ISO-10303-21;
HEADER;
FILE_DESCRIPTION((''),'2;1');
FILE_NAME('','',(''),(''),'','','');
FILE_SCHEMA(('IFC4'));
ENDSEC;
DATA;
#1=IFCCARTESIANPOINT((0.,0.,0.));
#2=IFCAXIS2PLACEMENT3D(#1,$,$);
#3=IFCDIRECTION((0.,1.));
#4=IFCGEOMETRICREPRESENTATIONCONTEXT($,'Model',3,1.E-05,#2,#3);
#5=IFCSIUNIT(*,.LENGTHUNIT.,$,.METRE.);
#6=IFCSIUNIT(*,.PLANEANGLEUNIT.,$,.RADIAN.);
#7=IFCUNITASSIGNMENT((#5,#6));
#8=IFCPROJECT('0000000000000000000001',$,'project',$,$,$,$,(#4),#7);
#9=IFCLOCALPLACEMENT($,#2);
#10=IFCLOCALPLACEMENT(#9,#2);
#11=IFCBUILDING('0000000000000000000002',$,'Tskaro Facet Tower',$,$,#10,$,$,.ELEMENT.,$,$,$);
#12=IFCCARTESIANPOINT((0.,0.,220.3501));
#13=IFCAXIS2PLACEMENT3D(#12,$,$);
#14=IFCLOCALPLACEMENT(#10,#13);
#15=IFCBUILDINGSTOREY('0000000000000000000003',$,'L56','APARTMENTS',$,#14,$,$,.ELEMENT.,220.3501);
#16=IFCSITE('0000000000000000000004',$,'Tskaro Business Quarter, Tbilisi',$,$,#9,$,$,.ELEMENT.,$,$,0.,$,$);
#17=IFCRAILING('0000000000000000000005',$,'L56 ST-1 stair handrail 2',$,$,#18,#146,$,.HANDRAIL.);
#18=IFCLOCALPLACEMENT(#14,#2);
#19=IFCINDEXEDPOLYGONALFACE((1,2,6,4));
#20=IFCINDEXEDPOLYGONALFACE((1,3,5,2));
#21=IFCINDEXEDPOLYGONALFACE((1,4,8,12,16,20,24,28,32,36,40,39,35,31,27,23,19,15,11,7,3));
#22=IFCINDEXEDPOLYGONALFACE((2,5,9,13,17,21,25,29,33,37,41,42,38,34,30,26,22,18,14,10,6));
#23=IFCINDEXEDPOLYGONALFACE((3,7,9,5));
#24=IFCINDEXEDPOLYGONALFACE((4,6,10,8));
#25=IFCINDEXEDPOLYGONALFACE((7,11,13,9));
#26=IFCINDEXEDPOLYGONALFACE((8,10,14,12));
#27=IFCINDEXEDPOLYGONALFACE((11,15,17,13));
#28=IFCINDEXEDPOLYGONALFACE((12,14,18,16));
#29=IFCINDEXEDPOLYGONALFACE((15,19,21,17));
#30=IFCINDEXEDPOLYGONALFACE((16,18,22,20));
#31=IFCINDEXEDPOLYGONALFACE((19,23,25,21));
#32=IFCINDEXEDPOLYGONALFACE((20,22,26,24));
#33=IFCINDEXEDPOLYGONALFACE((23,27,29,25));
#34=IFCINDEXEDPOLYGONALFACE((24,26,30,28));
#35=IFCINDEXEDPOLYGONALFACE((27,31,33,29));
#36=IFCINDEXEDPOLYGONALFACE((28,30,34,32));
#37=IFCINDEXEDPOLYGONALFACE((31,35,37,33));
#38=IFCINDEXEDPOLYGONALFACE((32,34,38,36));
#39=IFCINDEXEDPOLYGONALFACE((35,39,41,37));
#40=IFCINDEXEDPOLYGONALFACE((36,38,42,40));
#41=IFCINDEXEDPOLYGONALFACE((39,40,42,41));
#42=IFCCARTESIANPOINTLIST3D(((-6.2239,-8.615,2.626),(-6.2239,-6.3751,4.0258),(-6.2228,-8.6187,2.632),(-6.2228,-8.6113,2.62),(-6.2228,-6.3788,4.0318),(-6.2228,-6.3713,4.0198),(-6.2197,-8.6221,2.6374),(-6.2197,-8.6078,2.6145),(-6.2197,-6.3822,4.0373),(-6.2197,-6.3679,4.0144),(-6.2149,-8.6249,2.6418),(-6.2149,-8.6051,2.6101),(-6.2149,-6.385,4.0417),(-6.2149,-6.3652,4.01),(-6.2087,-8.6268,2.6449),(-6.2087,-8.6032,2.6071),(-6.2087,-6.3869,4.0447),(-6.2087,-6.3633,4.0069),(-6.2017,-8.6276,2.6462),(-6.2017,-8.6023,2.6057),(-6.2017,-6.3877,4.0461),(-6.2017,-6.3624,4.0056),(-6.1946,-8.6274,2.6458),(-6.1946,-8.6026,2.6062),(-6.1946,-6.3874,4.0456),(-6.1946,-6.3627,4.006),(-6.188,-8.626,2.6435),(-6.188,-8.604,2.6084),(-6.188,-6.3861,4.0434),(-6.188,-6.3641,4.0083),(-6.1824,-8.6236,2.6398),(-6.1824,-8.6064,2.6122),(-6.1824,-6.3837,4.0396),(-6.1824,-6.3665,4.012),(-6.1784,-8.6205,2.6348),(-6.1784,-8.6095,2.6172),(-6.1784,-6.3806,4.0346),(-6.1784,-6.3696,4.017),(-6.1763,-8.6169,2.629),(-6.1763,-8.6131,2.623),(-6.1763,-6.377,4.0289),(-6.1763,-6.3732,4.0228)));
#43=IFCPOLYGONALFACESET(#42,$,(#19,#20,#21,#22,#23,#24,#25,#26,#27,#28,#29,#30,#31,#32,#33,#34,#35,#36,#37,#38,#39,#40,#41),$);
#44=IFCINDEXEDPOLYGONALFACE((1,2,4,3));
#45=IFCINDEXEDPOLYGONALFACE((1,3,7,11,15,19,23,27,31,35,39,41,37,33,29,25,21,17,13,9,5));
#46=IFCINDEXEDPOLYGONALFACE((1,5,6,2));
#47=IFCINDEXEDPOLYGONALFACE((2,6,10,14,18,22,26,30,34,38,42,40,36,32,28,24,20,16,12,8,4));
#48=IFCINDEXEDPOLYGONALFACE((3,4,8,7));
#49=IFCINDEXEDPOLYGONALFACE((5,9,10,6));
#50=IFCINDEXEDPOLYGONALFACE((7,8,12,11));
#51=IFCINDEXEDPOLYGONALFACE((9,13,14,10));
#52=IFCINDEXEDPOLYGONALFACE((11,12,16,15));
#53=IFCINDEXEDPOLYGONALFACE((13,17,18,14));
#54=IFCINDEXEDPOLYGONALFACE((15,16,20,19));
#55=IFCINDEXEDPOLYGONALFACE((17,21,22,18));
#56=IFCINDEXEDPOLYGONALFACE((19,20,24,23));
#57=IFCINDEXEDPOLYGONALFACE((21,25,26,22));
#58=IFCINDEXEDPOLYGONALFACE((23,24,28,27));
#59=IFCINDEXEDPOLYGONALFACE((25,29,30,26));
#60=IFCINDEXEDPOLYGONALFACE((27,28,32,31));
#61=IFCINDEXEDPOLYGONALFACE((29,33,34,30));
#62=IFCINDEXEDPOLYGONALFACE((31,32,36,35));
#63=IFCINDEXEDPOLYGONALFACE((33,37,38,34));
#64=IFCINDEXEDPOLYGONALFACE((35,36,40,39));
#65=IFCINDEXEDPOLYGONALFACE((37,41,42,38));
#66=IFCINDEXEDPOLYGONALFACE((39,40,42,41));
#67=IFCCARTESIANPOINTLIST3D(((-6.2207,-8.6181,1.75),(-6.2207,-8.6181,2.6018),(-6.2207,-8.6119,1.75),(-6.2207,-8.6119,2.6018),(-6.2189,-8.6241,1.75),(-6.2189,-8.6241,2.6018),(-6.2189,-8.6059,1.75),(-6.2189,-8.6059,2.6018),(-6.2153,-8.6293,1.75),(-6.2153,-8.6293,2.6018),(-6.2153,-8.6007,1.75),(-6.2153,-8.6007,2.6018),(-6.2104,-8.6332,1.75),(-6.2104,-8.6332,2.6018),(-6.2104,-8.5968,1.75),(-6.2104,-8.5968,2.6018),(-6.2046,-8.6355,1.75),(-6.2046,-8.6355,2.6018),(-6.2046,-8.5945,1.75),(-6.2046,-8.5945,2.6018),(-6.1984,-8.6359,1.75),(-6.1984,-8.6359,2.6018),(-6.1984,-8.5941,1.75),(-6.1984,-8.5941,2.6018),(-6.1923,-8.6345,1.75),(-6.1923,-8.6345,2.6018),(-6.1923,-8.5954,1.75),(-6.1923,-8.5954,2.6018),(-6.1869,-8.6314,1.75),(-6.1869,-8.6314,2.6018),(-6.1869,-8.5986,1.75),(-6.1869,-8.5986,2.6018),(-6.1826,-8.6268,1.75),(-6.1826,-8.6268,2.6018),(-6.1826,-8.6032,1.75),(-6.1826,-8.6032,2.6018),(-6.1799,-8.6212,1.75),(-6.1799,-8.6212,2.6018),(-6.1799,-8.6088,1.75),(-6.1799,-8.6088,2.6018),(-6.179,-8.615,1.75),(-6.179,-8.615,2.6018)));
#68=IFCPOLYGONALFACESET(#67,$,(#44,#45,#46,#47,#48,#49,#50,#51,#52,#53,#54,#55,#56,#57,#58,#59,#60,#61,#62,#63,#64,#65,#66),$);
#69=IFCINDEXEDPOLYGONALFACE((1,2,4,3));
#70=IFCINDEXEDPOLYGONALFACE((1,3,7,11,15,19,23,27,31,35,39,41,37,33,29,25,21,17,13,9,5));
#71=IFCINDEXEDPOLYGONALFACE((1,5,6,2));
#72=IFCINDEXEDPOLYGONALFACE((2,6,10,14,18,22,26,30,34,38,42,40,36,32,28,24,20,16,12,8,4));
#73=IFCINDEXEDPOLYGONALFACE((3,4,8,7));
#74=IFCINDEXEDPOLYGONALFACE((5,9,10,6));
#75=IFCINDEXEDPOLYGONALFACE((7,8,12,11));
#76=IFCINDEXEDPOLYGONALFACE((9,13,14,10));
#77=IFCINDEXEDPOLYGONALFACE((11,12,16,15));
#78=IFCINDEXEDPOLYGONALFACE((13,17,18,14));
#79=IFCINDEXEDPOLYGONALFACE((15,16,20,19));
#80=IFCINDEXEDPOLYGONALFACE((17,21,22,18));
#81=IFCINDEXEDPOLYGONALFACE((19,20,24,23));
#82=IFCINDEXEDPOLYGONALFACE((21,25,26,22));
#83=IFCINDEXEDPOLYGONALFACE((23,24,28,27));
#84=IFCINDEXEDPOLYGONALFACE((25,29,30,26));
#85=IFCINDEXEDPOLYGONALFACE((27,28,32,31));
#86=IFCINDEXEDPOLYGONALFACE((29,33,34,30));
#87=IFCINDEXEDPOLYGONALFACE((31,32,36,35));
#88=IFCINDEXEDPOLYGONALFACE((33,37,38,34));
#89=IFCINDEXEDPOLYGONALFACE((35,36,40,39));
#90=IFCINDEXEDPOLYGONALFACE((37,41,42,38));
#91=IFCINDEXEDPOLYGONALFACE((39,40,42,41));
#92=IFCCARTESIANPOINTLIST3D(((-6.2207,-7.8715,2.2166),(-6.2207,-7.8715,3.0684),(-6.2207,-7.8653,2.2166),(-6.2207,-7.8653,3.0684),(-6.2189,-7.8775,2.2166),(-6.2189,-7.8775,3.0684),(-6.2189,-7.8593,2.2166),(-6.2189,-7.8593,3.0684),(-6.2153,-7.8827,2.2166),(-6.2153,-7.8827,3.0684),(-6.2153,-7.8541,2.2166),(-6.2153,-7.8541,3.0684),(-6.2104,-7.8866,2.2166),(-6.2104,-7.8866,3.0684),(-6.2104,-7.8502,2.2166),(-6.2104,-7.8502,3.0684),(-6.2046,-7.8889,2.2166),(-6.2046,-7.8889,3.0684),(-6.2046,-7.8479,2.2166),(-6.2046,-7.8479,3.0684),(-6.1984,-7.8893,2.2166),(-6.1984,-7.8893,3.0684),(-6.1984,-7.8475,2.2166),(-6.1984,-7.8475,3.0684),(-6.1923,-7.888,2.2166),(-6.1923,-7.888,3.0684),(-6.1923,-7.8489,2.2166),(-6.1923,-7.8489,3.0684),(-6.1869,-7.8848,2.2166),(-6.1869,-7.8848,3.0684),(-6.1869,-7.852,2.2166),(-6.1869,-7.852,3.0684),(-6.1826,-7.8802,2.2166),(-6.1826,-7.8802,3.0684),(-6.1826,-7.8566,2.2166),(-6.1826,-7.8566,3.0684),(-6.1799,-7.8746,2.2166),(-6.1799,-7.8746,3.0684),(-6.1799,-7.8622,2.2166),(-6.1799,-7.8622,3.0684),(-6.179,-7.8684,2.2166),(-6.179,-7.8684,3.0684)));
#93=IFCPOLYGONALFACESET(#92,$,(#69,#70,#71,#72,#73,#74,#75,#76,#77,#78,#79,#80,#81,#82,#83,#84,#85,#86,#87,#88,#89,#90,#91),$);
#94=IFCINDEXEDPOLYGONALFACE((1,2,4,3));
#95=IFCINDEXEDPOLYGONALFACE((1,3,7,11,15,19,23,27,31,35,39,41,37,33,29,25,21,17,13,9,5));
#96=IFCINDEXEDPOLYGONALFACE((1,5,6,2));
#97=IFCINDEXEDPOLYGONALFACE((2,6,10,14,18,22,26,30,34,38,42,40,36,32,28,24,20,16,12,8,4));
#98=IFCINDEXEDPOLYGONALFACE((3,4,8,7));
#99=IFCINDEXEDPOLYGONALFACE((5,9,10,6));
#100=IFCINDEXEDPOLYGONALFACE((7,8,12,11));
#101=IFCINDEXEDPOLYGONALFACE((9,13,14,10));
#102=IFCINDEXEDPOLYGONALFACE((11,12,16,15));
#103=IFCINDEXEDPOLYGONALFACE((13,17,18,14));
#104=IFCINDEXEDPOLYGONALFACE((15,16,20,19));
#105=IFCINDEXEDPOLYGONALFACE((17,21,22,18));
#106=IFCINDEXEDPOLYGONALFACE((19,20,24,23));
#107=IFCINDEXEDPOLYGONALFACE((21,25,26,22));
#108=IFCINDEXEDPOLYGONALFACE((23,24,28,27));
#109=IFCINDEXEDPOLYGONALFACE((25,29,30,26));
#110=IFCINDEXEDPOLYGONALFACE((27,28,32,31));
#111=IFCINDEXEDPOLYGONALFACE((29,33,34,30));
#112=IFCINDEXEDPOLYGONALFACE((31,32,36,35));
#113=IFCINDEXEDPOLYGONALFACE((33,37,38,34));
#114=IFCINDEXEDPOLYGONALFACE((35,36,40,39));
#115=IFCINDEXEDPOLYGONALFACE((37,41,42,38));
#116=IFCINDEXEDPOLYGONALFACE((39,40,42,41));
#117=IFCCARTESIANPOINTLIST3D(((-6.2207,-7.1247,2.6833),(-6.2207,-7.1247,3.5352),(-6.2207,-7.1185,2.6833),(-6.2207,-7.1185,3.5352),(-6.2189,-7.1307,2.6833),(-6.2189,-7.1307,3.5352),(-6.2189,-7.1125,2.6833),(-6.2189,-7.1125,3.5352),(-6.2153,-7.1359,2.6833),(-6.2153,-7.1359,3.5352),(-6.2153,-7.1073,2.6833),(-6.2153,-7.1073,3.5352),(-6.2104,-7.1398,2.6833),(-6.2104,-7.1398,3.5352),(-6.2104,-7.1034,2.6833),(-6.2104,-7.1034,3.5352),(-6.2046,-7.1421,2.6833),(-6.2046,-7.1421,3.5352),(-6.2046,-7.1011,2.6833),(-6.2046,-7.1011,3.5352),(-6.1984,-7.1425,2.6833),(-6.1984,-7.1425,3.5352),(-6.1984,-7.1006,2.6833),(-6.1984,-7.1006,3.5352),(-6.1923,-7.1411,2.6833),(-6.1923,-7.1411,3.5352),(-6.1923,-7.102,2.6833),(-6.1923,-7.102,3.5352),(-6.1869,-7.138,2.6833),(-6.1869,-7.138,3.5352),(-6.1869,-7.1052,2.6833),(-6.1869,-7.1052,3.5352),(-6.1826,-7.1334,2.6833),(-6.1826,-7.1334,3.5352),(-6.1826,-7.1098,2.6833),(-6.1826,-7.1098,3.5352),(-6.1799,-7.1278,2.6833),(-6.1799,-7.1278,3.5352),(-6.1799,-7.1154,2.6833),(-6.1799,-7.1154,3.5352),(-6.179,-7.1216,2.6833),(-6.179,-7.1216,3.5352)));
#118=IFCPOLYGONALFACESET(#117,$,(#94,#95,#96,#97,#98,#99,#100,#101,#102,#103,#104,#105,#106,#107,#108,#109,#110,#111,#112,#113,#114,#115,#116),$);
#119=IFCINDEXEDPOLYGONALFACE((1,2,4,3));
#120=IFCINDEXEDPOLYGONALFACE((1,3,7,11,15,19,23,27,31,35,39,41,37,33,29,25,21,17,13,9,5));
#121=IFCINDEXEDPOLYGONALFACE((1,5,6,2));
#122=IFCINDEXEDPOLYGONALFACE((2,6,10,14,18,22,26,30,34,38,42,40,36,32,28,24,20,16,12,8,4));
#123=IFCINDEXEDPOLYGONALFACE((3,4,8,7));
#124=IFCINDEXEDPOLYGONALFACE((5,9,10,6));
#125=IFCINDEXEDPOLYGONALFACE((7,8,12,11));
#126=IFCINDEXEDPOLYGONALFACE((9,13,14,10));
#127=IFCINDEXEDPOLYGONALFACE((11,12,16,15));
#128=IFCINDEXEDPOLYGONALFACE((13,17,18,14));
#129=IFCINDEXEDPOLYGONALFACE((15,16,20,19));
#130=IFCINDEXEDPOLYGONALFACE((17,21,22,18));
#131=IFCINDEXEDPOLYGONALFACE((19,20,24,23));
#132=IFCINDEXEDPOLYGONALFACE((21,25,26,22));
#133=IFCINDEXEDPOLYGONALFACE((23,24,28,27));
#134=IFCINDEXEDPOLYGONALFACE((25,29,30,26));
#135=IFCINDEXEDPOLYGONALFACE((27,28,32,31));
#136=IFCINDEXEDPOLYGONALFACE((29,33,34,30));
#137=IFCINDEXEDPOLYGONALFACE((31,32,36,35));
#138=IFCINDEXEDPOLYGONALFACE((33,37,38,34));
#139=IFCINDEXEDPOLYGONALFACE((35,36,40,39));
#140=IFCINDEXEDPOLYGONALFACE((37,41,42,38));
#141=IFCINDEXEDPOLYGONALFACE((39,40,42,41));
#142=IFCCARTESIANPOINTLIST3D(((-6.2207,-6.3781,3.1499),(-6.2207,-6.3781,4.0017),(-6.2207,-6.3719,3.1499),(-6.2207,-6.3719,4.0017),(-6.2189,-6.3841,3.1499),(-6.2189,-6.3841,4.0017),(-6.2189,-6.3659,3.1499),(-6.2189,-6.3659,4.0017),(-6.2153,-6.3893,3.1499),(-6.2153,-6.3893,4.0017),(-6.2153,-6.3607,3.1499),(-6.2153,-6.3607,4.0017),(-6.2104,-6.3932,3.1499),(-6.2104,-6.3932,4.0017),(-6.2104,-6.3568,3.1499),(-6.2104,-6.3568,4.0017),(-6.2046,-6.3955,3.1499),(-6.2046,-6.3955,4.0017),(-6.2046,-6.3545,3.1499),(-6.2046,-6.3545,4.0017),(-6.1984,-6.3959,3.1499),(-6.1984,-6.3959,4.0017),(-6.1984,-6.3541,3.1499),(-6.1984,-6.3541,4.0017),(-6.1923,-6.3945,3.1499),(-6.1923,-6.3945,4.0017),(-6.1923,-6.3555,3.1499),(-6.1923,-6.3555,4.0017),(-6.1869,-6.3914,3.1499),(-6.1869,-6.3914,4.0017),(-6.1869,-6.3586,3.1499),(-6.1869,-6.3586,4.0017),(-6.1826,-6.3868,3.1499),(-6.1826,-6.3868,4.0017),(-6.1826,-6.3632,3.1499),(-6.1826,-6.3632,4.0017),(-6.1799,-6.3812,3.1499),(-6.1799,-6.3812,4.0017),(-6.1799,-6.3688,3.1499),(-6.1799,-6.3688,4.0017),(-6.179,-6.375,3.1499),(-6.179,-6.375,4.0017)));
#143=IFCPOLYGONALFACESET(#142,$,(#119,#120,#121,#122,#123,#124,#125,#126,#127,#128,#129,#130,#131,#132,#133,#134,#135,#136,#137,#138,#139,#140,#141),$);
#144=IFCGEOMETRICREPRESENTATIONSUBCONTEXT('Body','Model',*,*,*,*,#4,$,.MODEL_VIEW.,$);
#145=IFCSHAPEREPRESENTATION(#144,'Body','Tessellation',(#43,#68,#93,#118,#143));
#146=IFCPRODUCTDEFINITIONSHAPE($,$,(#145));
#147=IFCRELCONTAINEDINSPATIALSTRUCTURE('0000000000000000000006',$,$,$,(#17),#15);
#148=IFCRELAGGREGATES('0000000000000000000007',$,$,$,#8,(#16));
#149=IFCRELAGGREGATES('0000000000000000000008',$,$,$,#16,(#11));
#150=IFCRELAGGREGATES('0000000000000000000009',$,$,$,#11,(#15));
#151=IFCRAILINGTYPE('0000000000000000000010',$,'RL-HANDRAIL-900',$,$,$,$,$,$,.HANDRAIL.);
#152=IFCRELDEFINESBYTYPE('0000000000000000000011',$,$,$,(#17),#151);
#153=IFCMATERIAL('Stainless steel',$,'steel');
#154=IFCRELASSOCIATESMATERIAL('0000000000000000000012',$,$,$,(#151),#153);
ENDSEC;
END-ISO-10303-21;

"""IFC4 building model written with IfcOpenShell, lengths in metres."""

from ifc_helpers import new_model, si_unit, direction, frame, origin, origin_2d, place, context, subcontext, project, spatial, circle, extrude, material, type_object, element, save


model = new_model("IFC4")

# Units and contexts
model_context = context("Model", 3, precision=1e-05, world=origin(), true_north=direction((0.0, 1.0)))
body_context = subcontext(model_context, "Body", "Model", "MODEL_VIEW")
ifc_project = project(units=[si_unit("LENGTHUNIT", "METRE"), si_unit("PLANEANGLEUNIT", "RADIAN")], contexts=[model_context])

# Site, building, storey
site_placement = place(None, origin())
site = spatial("IfcSite", under=ifc_project, at=site_placement, Name="Tskaro Business Quarter, Tbilisi", CompositionType="ELEMENT", RefElevation=0.0)
building_placement = place(site_placement, origin())
building = spatial("IfcBuilding", under=site, at=building_placement, Name="Tskaro Facet Tower", CompositionType="ELEMENT")
storey_placement = place(building_placement, frame((0.0, 0.0, 220.3501)))
storey = spatial("IfcBuildingStorey", under=building, at=storey_placement, Name="L56", Description="APARTMENTS", CompositionType="ELEMENT", Elevation=220.3501)

# Shared definitions
ifc_material_1 = material(Name="Stainless steel", Category="steel")

# Railing
railing_type_1 = type_object("IfcRailingType", Name="RL-HANDRAIL-900", PredefinedType="HANDRAIL", material=ifc_material_1)
railing_1_placement = place(storey_placement, frame((-6.2, -8.615, 1.75)))
element("IfcRailing", 1, at=railing_1_placement, inside=storey, type_object=railing_type_1, Name="L56 ST-1 stair handrail 2", PredefinedType="HANDRAIL", context=body_context, shape_type="SweptSolid", body=[
    extrude(circle(Radius=0.0239, at=origin_2d()), frame((0.0, 0.0, 0.876), z_axis=(0.0, 0.848014, 0.529974), x_axis=(-1.0, 0.0, 0.0)), (0.0, 0.0, 1.0), 2.6414),
    extrude(circle(Radius=0.021, at=origin_2d()), origin(), (0.0, 0.0, 1.0), 0.8518),
    extrude(circle(Radius=0.021, at=origin_2d()), frame((0.0, 0.7466, 0.4666)), (0.0, 0.0, 1.0), 0.8518),
    extrude(circle(Radius=0.021, at=origin_2d()), frame((0.0, 1.4934, 0.9333)), (0.0, 0.0, 1.0), 0.8518),
    extrude(circle(Radius=0.021, at=origin_2d()), frame((0.0, 2.24, 1.3999)), (0.0, 0.0, 1.0), 0.8518),
])

save(model, "model.ifc")
